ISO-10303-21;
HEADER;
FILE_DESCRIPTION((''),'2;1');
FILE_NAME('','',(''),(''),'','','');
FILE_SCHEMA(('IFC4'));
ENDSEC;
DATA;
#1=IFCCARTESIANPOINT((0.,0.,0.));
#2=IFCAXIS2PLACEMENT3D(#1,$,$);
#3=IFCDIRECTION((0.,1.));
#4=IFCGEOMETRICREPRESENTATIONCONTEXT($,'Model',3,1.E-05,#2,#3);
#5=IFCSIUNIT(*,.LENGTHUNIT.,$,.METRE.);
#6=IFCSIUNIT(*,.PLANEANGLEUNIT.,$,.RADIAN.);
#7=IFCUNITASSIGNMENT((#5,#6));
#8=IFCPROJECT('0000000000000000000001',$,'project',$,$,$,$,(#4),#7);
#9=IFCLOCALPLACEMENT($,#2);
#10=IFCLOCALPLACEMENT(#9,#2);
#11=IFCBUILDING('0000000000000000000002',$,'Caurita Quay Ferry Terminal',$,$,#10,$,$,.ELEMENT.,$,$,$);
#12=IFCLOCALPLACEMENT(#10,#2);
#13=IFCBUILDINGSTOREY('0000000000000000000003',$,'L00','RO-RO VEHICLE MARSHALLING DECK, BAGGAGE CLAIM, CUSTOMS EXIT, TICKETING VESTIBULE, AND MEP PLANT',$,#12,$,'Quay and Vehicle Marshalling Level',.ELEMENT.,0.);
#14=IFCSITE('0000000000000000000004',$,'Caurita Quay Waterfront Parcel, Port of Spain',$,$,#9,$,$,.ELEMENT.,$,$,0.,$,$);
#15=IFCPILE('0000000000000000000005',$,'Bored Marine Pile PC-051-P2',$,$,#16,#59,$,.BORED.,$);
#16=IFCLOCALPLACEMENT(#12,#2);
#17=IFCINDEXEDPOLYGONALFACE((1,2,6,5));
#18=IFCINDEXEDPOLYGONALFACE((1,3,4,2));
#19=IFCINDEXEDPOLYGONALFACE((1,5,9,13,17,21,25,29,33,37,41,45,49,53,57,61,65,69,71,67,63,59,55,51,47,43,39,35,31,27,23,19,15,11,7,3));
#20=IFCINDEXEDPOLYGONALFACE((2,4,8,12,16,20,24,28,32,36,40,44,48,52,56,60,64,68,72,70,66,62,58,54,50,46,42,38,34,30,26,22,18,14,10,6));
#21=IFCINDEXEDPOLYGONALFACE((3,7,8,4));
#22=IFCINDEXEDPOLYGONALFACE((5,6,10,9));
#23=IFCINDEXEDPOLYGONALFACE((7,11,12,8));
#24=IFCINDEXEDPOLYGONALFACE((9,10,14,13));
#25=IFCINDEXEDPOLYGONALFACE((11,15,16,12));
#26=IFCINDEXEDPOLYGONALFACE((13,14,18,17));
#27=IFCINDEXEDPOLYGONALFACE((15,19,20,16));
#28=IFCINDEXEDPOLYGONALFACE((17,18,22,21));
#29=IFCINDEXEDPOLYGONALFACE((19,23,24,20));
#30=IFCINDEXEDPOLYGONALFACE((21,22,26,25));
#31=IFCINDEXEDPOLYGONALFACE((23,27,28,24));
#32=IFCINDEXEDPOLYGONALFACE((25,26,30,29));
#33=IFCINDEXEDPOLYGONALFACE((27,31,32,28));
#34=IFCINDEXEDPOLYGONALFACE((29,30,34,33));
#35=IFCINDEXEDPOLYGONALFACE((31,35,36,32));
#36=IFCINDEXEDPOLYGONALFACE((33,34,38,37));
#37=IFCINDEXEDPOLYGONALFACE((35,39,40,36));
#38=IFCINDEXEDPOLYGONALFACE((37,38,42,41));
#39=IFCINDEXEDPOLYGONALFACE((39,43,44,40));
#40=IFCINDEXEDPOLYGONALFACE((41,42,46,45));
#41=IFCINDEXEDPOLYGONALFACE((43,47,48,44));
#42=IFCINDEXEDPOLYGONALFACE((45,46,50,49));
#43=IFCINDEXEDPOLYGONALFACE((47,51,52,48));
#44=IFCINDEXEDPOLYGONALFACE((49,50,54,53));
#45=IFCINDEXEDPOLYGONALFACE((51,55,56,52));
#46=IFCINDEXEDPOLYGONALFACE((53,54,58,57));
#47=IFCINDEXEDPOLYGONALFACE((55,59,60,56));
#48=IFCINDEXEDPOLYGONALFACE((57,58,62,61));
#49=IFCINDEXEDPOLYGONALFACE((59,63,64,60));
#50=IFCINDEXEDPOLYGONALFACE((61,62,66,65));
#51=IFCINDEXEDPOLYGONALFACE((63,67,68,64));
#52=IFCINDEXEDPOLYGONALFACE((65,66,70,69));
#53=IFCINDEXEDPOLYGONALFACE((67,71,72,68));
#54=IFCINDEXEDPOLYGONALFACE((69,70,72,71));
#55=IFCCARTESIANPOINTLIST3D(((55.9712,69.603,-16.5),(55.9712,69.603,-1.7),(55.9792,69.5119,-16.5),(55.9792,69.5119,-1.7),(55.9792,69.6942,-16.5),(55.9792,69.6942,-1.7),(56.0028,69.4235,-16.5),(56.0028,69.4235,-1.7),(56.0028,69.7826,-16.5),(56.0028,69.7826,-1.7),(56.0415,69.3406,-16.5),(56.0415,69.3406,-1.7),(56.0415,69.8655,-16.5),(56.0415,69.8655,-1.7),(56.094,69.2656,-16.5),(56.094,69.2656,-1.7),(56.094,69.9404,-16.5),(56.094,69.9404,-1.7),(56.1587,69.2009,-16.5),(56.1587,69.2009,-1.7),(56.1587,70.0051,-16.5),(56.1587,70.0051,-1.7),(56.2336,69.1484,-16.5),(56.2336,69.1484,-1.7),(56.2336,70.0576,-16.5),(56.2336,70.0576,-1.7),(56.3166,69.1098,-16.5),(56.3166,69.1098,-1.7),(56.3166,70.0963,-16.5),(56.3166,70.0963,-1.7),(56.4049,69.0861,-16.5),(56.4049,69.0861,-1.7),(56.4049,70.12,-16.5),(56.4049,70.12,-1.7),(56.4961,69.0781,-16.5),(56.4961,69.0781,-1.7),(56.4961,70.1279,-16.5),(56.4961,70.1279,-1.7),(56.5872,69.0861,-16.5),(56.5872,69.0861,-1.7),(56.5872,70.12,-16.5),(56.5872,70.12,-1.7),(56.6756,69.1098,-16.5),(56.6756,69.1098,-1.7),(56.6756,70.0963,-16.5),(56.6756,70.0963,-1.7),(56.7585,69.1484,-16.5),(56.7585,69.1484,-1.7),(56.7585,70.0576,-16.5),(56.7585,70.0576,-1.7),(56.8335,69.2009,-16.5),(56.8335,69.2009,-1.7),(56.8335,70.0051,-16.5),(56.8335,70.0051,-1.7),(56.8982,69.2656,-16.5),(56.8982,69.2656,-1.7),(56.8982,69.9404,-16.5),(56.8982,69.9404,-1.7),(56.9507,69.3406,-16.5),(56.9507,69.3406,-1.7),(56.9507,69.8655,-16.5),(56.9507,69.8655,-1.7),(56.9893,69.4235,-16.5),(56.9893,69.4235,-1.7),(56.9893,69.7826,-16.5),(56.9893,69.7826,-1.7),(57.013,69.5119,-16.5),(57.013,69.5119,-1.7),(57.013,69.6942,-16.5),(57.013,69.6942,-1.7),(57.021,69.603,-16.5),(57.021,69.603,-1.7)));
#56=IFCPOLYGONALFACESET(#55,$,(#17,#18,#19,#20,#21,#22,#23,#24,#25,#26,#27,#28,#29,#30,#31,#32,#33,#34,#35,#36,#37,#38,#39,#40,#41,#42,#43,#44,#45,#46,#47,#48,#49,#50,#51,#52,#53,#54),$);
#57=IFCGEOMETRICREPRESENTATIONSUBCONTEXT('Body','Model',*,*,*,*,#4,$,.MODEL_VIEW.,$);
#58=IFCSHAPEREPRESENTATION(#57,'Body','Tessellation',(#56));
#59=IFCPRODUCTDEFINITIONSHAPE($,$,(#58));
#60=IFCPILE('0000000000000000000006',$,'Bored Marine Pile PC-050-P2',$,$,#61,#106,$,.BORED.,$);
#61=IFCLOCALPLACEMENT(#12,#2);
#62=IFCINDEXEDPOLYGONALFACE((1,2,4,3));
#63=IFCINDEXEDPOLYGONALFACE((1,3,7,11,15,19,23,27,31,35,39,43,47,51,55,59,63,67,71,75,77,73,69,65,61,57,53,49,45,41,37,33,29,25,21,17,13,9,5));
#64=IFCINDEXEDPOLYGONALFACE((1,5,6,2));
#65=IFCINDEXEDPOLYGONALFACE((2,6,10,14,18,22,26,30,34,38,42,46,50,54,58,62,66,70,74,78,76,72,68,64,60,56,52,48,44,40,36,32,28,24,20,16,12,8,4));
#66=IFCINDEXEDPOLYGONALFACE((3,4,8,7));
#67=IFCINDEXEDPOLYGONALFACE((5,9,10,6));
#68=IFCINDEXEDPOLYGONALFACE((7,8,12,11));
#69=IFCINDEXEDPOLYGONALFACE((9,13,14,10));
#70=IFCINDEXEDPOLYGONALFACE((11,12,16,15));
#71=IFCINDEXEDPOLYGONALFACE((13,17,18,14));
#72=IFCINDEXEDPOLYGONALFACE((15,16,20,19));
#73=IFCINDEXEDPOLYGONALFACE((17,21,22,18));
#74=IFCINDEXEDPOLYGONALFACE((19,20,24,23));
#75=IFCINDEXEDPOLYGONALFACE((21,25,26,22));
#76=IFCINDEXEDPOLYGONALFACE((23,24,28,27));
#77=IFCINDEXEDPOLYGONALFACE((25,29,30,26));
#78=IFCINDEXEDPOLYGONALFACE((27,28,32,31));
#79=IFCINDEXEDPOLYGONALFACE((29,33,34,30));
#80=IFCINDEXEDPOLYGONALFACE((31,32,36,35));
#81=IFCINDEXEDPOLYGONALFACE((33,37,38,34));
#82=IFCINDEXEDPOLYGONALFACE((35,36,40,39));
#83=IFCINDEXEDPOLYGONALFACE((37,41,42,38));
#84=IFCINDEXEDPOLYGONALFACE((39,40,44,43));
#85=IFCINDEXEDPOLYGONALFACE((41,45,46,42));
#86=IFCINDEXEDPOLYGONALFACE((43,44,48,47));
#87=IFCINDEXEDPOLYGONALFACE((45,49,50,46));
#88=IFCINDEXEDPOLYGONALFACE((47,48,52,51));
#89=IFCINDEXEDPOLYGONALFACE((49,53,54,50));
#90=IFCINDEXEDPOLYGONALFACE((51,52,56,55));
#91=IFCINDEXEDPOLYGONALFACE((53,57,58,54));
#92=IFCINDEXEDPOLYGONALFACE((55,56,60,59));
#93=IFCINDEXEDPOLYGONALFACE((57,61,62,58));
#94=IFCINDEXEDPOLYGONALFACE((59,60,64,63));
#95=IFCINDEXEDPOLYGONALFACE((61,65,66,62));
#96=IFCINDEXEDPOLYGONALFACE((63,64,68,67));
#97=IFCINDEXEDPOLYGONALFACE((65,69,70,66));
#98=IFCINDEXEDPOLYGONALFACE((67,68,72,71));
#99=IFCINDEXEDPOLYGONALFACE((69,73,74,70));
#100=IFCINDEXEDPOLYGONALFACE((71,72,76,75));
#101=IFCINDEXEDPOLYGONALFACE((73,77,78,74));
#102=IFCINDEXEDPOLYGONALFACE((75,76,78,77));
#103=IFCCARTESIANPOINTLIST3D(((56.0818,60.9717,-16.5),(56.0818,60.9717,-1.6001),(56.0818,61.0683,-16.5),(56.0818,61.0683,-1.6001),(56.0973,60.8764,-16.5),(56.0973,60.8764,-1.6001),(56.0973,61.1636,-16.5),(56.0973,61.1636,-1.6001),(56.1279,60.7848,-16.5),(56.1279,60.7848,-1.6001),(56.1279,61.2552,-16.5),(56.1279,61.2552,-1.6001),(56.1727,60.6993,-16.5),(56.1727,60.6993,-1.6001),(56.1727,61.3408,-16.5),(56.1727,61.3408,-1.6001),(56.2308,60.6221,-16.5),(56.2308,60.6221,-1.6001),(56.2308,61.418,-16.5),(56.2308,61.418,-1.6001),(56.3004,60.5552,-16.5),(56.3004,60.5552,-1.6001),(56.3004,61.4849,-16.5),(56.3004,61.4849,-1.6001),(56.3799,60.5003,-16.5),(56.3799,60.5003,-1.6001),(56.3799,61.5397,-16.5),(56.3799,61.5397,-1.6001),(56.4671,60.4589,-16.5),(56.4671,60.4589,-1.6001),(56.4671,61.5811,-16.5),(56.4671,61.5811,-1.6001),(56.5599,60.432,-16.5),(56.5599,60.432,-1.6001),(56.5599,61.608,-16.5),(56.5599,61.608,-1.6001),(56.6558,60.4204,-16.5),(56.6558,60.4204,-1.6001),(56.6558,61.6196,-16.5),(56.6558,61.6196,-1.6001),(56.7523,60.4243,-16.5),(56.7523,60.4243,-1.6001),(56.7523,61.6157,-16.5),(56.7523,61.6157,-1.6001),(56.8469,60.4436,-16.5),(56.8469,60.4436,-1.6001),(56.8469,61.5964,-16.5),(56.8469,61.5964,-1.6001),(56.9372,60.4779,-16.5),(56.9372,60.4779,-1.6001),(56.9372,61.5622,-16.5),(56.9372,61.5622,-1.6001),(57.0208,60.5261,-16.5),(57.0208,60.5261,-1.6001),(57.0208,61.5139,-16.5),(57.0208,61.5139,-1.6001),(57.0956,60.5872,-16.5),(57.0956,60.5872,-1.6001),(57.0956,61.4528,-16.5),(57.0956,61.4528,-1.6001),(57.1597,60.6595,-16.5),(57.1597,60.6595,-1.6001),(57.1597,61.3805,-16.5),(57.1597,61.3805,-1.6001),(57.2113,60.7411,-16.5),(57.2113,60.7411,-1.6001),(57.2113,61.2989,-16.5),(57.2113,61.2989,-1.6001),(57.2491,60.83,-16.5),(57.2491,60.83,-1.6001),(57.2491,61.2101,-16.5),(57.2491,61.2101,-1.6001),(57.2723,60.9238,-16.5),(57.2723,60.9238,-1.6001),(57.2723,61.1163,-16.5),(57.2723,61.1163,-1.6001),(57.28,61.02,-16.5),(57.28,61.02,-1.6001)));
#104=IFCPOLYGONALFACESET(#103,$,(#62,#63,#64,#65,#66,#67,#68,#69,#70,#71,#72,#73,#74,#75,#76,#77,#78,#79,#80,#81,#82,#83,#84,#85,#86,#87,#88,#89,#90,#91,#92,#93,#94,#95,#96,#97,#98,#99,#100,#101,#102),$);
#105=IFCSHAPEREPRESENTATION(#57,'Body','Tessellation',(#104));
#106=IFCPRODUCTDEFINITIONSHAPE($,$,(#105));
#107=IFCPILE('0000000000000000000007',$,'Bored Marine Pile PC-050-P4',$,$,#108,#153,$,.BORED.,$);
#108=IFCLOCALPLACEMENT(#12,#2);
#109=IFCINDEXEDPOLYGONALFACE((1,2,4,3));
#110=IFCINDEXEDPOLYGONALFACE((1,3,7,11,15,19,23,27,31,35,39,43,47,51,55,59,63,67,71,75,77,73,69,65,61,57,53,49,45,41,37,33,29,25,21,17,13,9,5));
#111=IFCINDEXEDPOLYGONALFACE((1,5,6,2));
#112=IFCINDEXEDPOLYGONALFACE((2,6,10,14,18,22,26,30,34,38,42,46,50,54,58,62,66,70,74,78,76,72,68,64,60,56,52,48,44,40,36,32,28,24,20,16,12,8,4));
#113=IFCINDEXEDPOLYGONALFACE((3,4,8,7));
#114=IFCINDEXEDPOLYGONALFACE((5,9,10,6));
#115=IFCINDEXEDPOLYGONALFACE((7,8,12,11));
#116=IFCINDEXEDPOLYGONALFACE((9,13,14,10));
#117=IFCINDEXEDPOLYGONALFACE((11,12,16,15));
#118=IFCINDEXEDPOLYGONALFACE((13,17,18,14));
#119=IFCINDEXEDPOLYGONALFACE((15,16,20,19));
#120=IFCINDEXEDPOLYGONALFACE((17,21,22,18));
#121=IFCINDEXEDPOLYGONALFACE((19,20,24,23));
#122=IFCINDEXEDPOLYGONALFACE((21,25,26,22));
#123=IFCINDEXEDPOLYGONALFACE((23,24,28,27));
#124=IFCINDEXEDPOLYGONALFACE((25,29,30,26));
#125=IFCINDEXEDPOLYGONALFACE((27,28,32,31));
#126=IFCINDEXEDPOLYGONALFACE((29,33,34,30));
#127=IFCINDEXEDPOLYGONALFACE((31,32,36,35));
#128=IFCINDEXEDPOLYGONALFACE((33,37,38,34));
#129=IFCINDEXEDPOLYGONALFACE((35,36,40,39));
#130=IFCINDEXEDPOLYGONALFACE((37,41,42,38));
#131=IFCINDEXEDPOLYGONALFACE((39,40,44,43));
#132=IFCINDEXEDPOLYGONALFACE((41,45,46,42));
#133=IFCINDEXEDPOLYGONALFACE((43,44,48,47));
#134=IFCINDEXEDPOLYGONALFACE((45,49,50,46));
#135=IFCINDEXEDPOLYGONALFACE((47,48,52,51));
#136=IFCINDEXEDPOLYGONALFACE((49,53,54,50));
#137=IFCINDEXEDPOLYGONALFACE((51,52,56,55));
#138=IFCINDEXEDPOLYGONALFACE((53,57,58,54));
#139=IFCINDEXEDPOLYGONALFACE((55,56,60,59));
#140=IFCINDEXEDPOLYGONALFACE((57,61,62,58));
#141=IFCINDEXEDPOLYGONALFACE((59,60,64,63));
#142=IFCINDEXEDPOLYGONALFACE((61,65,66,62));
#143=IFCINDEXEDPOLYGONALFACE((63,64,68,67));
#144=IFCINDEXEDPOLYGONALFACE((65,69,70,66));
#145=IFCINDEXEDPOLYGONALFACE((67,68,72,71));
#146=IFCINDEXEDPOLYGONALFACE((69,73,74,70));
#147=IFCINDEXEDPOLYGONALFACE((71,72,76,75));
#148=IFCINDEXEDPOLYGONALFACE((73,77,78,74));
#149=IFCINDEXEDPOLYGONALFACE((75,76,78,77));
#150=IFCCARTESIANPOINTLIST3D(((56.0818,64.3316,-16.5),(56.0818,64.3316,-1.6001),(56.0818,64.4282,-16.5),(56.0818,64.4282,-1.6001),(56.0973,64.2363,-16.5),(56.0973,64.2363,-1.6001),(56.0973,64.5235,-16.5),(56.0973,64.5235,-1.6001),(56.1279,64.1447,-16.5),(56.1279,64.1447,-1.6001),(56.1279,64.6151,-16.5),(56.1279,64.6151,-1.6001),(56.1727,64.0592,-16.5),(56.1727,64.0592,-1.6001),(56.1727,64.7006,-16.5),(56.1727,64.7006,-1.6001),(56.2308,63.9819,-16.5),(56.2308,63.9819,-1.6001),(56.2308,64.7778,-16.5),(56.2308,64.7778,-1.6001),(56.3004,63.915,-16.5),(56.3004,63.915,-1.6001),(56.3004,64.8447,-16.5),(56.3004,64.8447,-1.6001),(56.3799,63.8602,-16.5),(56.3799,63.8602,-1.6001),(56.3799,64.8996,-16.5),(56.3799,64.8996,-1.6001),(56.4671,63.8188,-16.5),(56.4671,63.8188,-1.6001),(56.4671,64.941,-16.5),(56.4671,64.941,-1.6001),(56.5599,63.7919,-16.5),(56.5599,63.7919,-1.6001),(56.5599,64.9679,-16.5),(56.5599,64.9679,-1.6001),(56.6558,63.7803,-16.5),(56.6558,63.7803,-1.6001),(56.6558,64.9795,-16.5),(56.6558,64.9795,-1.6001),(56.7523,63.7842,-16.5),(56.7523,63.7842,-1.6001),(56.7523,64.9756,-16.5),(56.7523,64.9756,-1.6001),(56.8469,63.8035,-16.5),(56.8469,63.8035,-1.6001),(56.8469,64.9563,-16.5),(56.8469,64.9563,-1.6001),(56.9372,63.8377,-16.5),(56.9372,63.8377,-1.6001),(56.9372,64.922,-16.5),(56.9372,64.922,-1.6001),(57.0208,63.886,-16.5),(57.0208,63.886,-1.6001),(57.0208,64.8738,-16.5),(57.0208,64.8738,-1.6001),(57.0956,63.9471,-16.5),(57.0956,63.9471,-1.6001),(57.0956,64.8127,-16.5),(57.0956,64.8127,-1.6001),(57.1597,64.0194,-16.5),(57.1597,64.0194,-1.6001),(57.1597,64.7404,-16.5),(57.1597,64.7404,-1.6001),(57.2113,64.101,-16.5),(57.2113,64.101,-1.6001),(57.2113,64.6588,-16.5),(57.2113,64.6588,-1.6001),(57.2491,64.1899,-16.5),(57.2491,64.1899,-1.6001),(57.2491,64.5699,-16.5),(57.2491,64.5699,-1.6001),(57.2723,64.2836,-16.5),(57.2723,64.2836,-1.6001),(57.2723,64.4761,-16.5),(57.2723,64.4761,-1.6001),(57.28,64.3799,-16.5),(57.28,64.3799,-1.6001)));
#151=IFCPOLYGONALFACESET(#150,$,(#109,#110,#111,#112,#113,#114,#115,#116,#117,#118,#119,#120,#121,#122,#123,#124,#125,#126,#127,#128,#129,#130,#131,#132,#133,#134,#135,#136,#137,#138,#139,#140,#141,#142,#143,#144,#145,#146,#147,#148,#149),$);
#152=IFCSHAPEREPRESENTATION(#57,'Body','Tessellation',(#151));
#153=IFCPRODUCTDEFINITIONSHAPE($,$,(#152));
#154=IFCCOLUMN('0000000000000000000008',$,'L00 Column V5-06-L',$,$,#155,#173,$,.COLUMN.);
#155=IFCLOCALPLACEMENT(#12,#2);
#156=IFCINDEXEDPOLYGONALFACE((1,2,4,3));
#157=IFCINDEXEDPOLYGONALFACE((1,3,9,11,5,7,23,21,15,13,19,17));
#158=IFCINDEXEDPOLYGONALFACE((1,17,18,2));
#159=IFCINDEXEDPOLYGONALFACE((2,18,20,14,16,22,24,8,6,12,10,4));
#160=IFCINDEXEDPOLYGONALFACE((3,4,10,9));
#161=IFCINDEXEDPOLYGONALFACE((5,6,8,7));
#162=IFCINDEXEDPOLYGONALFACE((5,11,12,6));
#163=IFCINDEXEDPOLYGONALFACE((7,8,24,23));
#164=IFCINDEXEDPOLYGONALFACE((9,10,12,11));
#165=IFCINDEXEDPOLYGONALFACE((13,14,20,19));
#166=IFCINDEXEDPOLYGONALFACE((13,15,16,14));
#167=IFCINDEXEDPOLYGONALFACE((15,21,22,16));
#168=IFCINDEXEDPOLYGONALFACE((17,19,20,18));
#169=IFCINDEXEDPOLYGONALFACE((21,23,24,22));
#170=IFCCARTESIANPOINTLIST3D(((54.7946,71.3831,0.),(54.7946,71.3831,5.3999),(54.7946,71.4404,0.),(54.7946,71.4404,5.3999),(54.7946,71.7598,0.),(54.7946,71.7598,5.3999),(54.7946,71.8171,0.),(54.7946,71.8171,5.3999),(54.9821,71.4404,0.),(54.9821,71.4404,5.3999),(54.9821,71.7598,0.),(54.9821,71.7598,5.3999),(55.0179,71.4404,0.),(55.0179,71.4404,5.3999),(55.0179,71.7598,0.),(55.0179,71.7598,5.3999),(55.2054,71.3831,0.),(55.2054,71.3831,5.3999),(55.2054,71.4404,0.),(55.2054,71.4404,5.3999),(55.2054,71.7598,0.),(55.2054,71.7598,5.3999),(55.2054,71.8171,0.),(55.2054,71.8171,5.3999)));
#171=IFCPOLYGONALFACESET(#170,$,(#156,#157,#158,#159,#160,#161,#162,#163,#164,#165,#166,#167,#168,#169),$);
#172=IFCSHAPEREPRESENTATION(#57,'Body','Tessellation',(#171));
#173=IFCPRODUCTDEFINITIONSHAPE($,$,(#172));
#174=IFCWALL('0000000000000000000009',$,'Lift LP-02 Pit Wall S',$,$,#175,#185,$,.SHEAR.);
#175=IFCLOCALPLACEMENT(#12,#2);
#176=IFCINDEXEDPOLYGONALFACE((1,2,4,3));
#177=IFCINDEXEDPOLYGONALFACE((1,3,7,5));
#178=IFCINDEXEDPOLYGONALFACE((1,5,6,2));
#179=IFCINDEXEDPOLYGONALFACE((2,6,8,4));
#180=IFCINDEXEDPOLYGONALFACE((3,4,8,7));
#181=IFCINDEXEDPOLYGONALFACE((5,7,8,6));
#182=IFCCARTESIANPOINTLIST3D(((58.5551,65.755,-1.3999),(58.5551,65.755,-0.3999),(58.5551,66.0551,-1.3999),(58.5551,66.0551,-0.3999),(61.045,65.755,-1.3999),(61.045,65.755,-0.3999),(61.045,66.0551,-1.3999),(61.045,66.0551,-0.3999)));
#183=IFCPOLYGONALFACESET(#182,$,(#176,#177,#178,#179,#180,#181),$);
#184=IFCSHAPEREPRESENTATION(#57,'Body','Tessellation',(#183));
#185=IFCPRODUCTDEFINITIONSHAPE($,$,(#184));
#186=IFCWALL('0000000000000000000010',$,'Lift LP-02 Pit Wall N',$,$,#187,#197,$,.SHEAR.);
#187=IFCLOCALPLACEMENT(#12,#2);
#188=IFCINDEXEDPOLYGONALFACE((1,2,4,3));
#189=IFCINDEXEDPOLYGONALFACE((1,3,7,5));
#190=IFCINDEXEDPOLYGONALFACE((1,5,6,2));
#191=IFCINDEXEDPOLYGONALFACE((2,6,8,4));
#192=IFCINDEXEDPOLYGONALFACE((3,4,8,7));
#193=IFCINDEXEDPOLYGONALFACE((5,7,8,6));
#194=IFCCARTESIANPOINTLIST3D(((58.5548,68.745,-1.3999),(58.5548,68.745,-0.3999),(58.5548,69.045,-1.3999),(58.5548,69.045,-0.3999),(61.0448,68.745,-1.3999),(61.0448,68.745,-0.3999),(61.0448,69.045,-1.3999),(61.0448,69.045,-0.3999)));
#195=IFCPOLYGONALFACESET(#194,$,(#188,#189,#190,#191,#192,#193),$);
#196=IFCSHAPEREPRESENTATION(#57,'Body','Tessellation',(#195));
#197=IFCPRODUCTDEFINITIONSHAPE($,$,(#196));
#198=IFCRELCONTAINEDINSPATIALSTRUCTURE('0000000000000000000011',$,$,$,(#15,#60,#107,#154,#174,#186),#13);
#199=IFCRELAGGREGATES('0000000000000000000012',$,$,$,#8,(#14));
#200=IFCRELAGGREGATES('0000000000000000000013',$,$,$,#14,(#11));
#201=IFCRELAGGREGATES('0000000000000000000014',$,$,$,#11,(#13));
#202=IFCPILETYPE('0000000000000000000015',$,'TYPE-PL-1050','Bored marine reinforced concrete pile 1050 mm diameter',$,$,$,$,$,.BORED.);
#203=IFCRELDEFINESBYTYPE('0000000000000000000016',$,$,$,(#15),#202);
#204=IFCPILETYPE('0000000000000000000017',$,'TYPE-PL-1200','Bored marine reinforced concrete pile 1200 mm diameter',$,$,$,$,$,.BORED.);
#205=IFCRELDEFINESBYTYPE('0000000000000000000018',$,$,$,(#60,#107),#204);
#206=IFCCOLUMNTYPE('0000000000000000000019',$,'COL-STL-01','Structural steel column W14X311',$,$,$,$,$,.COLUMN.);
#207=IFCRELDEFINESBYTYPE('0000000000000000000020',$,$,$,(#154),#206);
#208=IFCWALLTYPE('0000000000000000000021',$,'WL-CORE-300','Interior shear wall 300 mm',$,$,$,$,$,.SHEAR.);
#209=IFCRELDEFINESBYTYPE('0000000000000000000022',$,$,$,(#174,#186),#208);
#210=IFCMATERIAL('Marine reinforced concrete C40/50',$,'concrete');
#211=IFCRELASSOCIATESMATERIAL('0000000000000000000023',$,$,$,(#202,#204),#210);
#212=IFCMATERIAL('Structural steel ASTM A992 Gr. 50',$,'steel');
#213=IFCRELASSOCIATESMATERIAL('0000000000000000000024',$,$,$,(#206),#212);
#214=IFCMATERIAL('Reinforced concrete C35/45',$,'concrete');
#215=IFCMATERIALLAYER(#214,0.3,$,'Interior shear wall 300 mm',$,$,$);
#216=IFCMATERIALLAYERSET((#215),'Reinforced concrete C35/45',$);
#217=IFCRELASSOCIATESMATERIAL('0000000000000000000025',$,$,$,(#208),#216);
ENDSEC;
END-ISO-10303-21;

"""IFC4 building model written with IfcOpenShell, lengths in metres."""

from ifc_helpers import new_model, si_unit, direction, frame, frame_2d, origin, origin_2d, place, context, subcontext, project, spatial, rectangle, circle, i_section, extrude, material, layer, layer_set, material_profile, profile_set, type_object, element, save


model = new_model("IFC4")

# Units and contexts
model_context = context("Model", 3, precision=1e-05, world=origin(), true_north=direction((0.0, 1.0)))
body_context = subcontext(model_context, "Body", "Model", "MODEL_VIEW")
ifc_project = project(units=[si_unit("LENGTHUNIT", "METRE"), si_unit("PLANEANGLEUNIT", "RADIAN")], contexts=[model_context])

# Site, building, storey
site_placement = place(None, origin())
site = spatial("IfcSite", under=ifc_project, at=site_placement, Name="Caurita Quay Waterfront Parcel, Port of Spain", CompositionType="ELEMENT", RefElevation=0.0)
building_placement = place(site_placement, origin())
building = spatial("IfcBuilding", under=site, at=building_placement, Name="Caurita Quay Ferry Terminal", CompositionType="ELEMENT")
storey_placement = place(building_placement, origin())
storey = spatial("IfcBuildingStorey", under=building, at=storey_placement, Name="L00", Description="RO-RO VEHICLE MARSHALLING DECK, BAGGAGE CLAIM, CUSTOMS EXIT, TICKETING VESTIBULE, AND MEP PLANT", LongName="Quay and Vehicle Marshalling Level", CompositionType="ELEMENT", Elevation=0.0)

# Piles
ifc_material_1 = material(Name="Marine reinforced concrete C40/50", Category="concrete")
ifc_material_profile_1 = material_profile(ifc_material_1, circle(Radius=0.5249, at=origin_2d()), Name="PILE-D1050")
ifc_profile_set_1 = profile_set([ifc_material_profile_1], Name="Marine reinforced concrete C40/50")
pile_type_1 = type_object("IfcPileType", Name="TYPE-PL-1050", Description="Bored marine reinforced concrete pile 1050 mm diameter", PredefinedType="BORED", material=ifc_profile_set_1)
pile_placement = place(storey_placement, frame((56.4961, 69.603, -1.7), z_axis=(0.0, 0.0, -1.0), x_axis=(1.0, 0.0, 0.0)))
element("IfcPile", 1, at=pile_placement, inside=storey, type_object=pile_type_1, Name="Bored Marine Pile PC-051-P2", PredefinedType="BORED", context=body_context, shape_type="SweptSolid", body=[
    extrude(circle(Radius=0.5249, at=origin_2d()), origin(), (0.0, 0.0, 1.0), 14.8),
])
ifc_material_profile_2 = material_profile(ifc_material_1, circle(Radius=0.6001, at=origin_2d()), Name="PILE-D1200")
ifc_profile_set_2 = profile_set([ifc_material_profile_2], Name="Marine reinforced concrete C40/50")
pile_type_2 = type_object("IfcPileType", Name="TYPE-PL-1200", Description="Bored marine reinforced concrete pile 1200 mm diameter", PredefinedType="BORED", material=ifc_profile_set_2)
for number, where, z_axis, x_axis, name in (
    (2, (56.6799, 61.02, -1.6001), (0.0, 0.0, -1.0), (1.0, 0.0, 0.0), "Bored Marine Pile PC-050-P2"),
    (3, (56.6799, 64.3799, -1.6001), (0.0, 0.0, -1.0), (1.0, 0.0, 0.0), "Bored Marine Pile PC-050-P4"),
):
    element("IfcPile", number, at=place(storey_placement, frame(where, z_axis=z_axis, x_axis=x_axis)), inside=storey, type_object=pile_type_2, Name=name, PredefinedType="BORED", context=body_context, shape_type="SweptSolid", body=[
        extrude(circle(Radius=0.6001, at=origin_2d()), origin(), (0.0, 0.0, 1.0), 14.8999),
    ])

# Column
ifc_material_2 = material(Name="Structural steel ASTM A992 Gr. 50", Category="steel")
ifc_material_profile_3 = material_profile(ifc_material_2, i_section(OverallWidth=0.4109, OverallDepth=0.4341, WebThickness=0.0359, FlangeThickness=0.0574, at=origin_2d()), Name="W14X311")
ifc_profile_set_3 = profile_set([ifc_material_profile_3], Name="Structural steel ASTM A992 Gr. 50")
column_type = type_object("IfcColumnType", Name="COL-STL-01", Description="Structural steel column W14X311", PredefinedType="COLUMN", material=ifc_profile_set_3)
column_placement = place(storey_placement, frame((55.0, 71.6001, 0.0), z_axis=(0.0, 0.0, 1.0), x_axis=(1.0, 0.0, 0.0)))
element("IfcColumn", 4, at=column_placement, inside=storey, type_object=column_type, Name="L00 Column V5-06-L", PredefinedType="COLUMN", context=body_context, shape_type="SweptSolid", body=[
    extrude(i_section(OverallWidth=0.4109, OverallDepth=0.4341, WebThickness=0.0359, FlangeThickness=0.0574, at=origin_2d()), origin(), (0.0, 0.0, 1.0), 5.3999),
])

# Walls
ifc_material_3 = material(Name="Reinforced concrete C35/45", Category="concrete")
ifc_layer_1 = layer(ifc_material_3, 0.3, Name="Interior shear wall 300 mm")
ifc_layer_set_1 = layer_set([ifc_layer_1], Name="Reinforced concrete C35/45")
wall_type_1 = type_object("IfcWallType", Name="WL-CORE-300", Description="Interior shear wall 300 mm", PredefinedType="SHEAR", material=ifc_layer_set_1)
for number, where, z_axis, x_axis, name in (
    (5, (58.5549, 65.905, -1.3999), (0.0, 0.0, 1.0), (1.0, 0.0, 0.0), "Lift LP-02 Pit Wall S"),
    (6, (61.0449, 68.895, -1.3999), (0.0, 0.0, 1.0), (-1.0, 0.0, 0.0), "Lift LP-02 Pit Wall N"),
):
    element("IfcWall", number, at=place(storey_placement, frame(where, z_axis=z_axis, x_axis=x_axis)), inside=storey, type_object=wall_type_1, Name=name, PredefinedType="SHEAR", context=body_context, shape_type="SweptSolid", body=[
        extrude(rectangle(XDim=2.49, YDim=0.3, at=frame_2d((1.2451, 0.0))), origin(), (0.0, 0.0, 1.0), 1.0),
    ])

save(model, "model.ifc")
